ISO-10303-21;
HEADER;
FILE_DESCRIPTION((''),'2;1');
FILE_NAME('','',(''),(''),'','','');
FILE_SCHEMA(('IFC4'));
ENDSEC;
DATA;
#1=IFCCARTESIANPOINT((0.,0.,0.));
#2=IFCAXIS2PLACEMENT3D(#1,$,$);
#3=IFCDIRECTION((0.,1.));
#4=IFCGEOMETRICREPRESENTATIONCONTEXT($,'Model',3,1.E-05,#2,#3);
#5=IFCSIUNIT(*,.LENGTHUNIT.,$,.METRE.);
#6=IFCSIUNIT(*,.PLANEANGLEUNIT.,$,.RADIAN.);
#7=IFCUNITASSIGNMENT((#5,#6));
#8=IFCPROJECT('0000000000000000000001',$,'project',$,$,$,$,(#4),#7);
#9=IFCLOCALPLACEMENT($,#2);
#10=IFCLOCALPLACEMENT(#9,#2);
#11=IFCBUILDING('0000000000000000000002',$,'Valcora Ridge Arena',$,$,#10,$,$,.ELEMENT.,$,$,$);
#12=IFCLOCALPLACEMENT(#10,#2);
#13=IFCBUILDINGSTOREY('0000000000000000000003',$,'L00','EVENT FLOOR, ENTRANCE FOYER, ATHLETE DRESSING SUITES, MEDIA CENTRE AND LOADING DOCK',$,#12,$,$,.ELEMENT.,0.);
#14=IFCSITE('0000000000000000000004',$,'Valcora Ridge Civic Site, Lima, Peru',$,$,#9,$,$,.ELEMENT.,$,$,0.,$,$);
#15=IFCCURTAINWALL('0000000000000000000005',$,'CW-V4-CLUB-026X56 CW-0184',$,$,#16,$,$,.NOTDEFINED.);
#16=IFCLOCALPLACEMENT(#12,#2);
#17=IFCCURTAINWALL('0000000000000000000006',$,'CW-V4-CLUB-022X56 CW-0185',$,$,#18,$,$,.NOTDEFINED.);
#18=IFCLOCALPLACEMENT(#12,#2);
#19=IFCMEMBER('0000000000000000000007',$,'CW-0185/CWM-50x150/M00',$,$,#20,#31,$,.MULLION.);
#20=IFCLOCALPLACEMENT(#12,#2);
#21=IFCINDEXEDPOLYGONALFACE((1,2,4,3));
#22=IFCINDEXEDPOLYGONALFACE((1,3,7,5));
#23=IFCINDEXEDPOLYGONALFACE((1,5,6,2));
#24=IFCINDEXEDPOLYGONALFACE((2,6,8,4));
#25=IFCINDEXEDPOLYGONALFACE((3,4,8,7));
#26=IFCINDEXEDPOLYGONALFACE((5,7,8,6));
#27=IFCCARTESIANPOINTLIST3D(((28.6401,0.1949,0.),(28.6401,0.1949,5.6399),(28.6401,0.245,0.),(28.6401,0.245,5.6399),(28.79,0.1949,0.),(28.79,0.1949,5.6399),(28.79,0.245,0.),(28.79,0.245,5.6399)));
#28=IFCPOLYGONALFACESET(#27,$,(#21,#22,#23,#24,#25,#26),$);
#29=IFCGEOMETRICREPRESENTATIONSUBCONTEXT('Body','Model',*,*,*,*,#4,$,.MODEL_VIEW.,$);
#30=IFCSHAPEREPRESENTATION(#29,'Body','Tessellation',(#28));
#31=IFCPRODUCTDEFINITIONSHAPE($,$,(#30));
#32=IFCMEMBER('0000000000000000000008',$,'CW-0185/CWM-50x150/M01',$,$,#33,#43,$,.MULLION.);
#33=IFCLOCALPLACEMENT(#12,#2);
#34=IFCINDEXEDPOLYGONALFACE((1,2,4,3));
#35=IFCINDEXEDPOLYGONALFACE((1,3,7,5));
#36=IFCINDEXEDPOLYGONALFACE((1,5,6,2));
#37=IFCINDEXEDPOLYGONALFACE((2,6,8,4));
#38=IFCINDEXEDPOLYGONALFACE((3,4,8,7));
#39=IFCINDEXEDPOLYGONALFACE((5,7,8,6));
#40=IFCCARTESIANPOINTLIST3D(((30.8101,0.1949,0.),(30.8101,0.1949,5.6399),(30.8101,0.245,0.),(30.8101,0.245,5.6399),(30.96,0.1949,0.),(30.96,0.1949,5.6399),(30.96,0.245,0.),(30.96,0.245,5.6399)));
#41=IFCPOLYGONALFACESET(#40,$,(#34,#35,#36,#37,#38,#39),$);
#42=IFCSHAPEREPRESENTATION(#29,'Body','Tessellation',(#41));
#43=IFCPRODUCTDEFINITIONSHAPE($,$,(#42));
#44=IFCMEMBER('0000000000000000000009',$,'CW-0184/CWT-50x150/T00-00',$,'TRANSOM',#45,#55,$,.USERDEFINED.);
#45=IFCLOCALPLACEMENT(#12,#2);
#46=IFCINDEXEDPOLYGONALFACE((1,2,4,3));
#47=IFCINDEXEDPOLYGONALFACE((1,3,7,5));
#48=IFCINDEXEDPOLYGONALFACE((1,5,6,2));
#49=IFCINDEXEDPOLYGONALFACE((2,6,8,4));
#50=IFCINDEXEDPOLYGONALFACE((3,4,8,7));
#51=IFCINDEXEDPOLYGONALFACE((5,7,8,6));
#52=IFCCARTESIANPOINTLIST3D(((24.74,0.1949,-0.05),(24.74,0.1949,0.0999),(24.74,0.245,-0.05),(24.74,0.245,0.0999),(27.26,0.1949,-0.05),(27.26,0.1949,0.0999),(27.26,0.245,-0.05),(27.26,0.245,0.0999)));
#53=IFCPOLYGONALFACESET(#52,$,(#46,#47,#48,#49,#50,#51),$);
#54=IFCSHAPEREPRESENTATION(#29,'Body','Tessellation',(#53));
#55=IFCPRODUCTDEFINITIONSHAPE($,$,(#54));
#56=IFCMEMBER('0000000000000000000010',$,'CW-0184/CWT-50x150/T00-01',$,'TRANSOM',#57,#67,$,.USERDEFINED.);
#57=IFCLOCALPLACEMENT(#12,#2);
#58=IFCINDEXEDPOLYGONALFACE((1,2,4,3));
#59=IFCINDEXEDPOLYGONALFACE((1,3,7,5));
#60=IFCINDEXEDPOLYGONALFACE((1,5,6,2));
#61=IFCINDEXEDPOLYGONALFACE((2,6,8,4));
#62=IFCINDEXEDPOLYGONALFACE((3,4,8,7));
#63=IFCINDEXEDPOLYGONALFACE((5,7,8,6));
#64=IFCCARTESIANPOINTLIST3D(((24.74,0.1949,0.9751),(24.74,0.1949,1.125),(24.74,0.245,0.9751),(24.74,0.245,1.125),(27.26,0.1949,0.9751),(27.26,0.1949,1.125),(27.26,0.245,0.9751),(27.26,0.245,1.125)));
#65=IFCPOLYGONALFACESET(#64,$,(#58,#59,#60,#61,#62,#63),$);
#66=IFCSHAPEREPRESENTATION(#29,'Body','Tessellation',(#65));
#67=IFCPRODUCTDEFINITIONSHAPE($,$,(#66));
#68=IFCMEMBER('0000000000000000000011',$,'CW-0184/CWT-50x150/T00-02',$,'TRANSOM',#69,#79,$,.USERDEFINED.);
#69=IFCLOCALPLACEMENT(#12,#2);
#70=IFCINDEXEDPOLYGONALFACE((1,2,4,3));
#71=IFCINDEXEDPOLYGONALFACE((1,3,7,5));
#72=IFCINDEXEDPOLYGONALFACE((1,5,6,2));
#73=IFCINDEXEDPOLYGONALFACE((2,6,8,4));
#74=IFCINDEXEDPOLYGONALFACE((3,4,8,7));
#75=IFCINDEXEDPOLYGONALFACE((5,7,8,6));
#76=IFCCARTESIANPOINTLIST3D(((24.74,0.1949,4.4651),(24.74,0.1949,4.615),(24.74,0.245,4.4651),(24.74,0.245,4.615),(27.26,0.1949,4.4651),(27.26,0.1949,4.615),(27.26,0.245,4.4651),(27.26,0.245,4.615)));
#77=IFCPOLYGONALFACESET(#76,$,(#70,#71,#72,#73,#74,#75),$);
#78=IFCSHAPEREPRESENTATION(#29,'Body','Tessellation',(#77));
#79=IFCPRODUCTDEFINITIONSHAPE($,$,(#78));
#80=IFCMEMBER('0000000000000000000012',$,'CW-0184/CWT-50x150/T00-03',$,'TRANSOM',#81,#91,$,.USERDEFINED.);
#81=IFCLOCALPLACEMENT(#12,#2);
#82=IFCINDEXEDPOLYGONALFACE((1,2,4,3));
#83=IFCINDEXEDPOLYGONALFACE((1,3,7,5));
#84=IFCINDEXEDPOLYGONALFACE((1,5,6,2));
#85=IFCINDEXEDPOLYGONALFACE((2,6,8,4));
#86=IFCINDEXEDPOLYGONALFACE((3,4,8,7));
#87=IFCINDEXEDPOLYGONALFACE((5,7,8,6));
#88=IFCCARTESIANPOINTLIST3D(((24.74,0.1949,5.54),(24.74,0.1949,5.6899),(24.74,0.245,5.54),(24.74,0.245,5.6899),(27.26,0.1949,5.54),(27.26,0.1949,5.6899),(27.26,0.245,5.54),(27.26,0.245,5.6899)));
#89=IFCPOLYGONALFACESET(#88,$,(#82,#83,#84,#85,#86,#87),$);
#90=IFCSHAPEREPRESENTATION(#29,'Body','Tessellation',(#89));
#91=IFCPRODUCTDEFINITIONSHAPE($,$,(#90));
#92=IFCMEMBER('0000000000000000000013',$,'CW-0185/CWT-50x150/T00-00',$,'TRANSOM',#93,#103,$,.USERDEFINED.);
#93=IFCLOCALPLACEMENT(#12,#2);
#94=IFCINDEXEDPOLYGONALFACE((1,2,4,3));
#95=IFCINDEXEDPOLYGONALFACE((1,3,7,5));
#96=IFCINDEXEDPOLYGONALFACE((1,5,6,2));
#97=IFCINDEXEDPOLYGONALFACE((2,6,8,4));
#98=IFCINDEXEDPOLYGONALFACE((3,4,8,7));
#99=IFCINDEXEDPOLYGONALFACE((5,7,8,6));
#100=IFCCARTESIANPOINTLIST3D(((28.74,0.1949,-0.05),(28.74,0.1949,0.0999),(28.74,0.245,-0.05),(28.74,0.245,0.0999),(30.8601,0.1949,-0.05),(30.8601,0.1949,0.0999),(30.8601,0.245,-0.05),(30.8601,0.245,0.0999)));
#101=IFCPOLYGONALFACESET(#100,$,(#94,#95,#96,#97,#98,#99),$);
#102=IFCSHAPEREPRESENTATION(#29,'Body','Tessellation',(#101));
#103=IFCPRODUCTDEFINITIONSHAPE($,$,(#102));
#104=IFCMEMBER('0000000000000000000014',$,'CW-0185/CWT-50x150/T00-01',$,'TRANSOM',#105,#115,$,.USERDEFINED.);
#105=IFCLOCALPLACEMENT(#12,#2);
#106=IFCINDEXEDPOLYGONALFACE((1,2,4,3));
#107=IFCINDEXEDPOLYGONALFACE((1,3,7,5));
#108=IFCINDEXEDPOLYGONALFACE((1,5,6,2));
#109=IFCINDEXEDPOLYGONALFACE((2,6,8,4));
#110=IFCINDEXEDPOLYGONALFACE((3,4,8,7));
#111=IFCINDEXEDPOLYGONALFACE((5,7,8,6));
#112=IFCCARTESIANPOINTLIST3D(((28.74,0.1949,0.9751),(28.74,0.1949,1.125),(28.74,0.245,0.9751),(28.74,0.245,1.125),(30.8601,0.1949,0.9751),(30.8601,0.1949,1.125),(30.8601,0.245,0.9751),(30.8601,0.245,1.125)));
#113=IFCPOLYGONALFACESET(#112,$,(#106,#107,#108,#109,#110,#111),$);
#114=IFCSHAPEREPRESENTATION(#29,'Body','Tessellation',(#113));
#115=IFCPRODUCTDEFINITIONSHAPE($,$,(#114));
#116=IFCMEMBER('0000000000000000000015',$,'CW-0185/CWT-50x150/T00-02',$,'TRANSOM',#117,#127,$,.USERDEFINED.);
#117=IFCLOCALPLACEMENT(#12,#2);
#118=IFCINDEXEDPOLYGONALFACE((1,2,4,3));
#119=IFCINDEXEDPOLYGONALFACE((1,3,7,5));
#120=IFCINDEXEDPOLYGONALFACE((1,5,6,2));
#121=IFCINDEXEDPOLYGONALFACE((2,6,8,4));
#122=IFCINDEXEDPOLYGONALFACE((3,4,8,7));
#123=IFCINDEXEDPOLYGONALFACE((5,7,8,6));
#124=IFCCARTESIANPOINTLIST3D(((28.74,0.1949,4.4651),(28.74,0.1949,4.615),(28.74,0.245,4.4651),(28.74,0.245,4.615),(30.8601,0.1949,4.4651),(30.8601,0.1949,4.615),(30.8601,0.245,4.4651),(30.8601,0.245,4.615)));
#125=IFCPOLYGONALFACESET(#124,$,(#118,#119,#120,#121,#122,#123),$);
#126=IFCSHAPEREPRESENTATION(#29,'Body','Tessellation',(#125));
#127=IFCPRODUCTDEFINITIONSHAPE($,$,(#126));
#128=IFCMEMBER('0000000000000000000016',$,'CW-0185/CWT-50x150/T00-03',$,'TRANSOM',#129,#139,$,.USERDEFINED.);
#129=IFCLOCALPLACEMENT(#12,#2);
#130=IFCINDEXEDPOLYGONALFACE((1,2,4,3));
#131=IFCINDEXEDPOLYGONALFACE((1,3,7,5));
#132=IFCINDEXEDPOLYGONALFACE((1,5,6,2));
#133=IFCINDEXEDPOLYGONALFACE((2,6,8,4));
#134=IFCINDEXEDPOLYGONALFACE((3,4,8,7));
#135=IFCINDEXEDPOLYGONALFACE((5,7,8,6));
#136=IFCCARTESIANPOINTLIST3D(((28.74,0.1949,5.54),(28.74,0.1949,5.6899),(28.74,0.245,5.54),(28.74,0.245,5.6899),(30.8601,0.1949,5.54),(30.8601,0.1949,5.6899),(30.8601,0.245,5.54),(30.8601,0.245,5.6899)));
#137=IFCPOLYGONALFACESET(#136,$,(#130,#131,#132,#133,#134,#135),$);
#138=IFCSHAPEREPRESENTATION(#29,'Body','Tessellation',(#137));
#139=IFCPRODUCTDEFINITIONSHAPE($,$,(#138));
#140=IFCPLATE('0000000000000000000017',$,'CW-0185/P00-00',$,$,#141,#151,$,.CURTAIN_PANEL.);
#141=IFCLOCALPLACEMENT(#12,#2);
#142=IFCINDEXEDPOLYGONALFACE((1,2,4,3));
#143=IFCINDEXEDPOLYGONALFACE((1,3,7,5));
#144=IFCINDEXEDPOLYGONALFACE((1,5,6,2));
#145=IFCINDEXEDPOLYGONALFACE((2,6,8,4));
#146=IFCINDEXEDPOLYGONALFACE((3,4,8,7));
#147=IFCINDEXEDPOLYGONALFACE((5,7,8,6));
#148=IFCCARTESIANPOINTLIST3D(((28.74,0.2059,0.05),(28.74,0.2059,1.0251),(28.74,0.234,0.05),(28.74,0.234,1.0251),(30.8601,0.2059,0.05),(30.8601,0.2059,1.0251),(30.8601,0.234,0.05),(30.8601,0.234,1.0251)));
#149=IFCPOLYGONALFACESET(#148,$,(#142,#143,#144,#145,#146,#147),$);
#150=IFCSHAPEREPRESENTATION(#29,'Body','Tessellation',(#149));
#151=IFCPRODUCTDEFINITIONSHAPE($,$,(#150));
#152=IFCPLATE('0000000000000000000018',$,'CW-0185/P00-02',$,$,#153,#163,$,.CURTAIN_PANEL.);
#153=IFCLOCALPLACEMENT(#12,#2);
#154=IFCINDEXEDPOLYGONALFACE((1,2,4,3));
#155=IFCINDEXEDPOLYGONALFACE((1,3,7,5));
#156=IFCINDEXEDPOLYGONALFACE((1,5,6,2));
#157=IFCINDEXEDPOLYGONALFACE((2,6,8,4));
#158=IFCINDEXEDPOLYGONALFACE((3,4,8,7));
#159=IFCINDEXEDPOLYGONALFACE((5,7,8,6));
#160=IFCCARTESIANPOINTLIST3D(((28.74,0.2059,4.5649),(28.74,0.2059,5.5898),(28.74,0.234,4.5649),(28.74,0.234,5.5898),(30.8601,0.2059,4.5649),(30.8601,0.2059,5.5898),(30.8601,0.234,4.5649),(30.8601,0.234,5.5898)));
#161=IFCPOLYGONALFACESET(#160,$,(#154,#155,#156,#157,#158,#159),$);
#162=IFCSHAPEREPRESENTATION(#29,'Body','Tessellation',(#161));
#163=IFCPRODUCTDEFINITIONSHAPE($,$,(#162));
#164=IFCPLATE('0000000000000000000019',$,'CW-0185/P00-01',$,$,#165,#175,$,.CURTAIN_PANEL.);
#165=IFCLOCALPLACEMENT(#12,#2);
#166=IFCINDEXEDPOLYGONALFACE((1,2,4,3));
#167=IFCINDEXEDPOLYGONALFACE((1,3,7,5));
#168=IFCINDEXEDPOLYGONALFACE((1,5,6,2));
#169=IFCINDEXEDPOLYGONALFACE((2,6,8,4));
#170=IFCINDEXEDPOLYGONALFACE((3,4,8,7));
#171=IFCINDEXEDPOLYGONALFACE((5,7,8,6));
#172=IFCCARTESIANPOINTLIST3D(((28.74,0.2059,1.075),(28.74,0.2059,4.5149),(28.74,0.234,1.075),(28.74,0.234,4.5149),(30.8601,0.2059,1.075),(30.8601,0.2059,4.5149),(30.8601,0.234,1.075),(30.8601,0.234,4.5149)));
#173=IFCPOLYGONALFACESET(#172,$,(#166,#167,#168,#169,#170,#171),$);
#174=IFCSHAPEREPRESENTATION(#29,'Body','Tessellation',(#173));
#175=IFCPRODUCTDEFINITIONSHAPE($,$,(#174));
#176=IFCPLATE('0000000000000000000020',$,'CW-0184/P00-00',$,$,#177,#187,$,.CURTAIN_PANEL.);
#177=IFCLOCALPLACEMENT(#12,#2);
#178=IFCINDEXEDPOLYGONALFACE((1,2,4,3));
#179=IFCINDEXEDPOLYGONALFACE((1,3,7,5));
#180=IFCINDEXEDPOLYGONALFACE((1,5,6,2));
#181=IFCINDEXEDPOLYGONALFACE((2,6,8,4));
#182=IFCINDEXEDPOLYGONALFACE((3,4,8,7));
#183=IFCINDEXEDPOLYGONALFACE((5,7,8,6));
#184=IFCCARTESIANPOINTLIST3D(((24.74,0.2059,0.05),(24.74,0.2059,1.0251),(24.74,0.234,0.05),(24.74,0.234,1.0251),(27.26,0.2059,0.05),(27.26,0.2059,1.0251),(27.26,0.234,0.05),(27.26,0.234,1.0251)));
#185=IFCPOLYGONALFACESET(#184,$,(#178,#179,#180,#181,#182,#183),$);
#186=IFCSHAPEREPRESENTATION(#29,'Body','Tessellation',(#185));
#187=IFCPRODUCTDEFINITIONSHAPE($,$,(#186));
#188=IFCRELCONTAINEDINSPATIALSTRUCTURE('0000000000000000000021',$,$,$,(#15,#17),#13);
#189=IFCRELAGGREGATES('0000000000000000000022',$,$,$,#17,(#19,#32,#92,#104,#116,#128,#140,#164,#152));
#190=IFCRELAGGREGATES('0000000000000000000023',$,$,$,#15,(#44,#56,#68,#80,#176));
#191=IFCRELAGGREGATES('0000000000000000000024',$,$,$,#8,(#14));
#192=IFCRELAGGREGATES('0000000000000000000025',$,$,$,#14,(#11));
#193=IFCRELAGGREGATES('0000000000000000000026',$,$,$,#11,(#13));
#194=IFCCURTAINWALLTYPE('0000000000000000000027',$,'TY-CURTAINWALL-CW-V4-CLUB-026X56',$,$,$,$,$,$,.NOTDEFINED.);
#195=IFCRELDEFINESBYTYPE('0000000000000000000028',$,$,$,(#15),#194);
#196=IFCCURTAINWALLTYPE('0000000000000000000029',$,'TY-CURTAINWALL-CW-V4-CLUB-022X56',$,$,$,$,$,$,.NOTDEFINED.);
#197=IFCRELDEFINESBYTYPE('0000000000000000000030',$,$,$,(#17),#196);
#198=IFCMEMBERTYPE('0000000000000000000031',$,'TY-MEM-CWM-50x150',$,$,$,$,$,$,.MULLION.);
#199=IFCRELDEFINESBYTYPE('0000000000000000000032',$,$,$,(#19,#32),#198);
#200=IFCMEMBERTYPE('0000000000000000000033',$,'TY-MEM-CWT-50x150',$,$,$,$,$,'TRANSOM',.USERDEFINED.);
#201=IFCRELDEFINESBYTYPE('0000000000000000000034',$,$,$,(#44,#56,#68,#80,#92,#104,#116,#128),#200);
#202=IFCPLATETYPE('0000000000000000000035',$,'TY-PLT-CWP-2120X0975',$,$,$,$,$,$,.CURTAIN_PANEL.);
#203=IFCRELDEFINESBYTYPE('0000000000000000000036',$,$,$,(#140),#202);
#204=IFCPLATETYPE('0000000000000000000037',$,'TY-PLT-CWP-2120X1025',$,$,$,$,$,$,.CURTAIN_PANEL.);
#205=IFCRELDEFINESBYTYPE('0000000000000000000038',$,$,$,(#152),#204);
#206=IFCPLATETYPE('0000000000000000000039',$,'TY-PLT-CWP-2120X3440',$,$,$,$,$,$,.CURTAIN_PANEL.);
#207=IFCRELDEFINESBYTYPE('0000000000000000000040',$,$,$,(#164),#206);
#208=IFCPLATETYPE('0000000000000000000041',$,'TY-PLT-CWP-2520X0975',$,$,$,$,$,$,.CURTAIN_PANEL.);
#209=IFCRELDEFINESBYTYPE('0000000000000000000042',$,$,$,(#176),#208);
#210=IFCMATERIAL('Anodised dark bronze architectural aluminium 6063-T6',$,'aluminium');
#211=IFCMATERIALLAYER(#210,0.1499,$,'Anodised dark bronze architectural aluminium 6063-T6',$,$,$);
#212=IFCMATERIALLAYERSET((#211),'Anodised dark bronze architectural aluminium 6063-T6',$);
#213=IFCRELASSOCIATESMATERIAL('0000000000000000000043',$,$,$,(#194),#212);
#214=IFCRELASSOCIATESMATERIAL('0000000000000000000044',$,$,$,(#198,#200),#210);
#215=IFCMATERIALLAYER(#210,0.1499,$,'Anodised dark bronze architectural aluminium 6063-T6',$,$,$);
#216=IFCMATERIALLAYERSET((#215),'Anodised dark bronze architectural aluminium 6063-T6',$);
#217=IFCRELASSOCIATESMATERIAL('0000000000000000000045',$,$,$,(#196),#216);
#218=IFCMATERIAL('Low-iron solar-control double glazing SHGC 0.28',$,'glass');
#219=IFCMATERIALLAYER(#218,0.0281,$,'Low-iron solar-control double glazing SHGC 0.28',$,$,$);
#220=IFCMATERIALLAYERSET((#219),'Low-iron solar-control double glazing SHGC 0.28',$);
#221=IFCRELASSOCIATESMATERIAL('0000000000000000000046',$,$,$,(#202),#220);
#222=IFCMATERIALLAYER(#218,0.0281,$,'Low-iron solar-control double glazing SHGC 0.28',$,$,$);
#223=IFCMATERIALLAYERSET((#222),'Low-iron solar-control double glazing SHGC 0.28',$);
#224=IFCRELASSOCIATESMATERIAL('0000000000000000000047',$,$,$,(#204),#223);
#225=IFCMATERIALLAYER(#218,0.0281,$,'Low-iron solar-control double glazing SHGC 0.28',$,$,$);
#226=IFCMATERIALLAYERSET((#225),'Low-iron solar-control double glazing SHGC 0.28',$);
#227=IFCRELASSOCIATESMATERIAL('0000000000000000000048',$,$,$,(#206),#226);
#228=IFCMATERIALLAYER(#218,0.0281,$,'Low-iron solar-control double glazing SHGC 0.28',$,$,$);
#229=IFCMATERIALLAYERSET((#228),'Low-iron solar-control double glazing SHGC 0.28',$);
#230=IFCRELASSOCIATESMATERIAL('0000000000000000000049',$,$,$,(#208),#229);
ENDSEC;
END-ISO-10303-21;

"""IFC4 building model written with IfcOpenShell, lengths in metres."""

from ifc_helpers import new_model, si_unit, direction, frame, origin, origin_2d, place, context, subcontext, project, spatial, rectangle, extrude, material, layer, layer_set, material_profile, profile_set, type_object, element, aggregate, save


model = new_model("IFC4")

# Units and contexts
model_context = context("Model", 3, precision=1e-05, world=origin(), true_north=direction((0.0, 1.0)))
body_context = subcontext(model_context, "Body", "Model", "MODEL_VIEW")
ifc_project = project(units=[si_unit("LENGTHUNIT", "METRE"), si_unit("PLANEANGLEUNIT", "RADIAN")], contexts=[model_context])

# Site, building, storey
site_placement = place(None, origin())
site = spatial("IfcSite", under=ifc_project, at=site_placement, Name="Valcora Ridge Civic Site, Lima, Peru", CompositionType="ELEMENT", RefElevation=0.0)
building_placement = place(site_placement, origin())
building = spatial("IfcBuilding", under=site, at=building_placement, Name="Valcora Ridge Arena", CompositionType="ELEMENT")
storey_placement = place(building_placement, origin())
storey = spatial("IfcBuildingStorey", under=building, at=storey_placement, Name="L00", Description="EVENT FLOOR, ENTRANCE FOYER, ATHLETE DRESSING SUITES, MEDIA CENTRE AND LOADING DOCK", CompositionType="ELEMENT", Elevation=0.0)

# Curtain walls, members
ifc_material_1 = material(Name="Anodised dark bronze architectural aluminium 6063-T6", Category="aluminium")
ifc_layer_1 = layer(ifc_material_1, 0.1499, Name="Anodised dark bronze architectural aluminium 6063-T6")
ifc_layer_set_1 = layer_set([ifc_layer_1], Name="Anodised dark bronze architectural aluminium 6063-T6")
curtain_wall_type_1 = type_object("IfcCurtainWallType", Name="TY-CURTAINWALL-CW-V4-CLUB-026X56", PredefinedType="NOTDEFINED", material=ifc_layer_set_1)
curtain_wall_1_placement = place(storey_placement, origin())
curtain_wall_1 = element("IfcCurtainWall", 1, at=curtain_wall_1_placement, inside=storey, type_object=curtain_wall_type_1, Name="CW-V4-CLUB-026X56 CW-0184", PredefinedType="NOTDEFINED")
ifc_material_profile_1 = material_profile(ifc_material_1, rectangle(XDim=0.05, YDim=0.1499, at=origin_2d()), Name="ALU MULLION 50x150")
ifc_profile_set_1 = profile_set([ifc_material_profile_1], Name="Anodised dark bronze architectural aluminium 6063-T6")
member_type_1 = type_object("IfcMemberType", Name="TY-MEM-CWM-50x150", PredefinedType="MULLION", material=ifc_profile_set_1)
ifc_layer_2 = layer(ifc_material_1, 0.1499, Name="Anodised dark bronze architectural aluminium 6063-T6")
ifc_layer_set_2 = layer_set([ifc_layer_2], Name="Anodised dark bronze architectural aluminium 6063-T6")
curtain_wall_type_2 = type_object("IfcCurtainWallType", Name="TY-CURTAINWALL-CW-V4-CLUB-022X56", PredefinedType="NOTDEFINED", material=ifc_layer_set_2)
curtain_wall_2_placement = place(storey_placement, origin())
curtain_wall_2 = element("IfcCurtainWall", 2, at=curtain_wall_2_placement, inside=storey, type_object=curtain_wall_type_2, Name="CW-V4-CLUB-022X56 CW-0185", PredefinedType="NOTDEFINED")
member_1_placement = place(storey_placement, frame((28.7151, 0.22, 0.0), z_axis=(0.0, 0.0, 1.0), x_axis=(0.0, 1.0, 0.0)))
member_1 = element("IfcMember", 3, at=member_1_placement, type_object=member_type_1, Name="CW-0185/CWM-50x150/M00", PredefinedType="MULLION", context=body_context, shape_type="SweptSolid", body=[
    extrude(rectangle(XDim=0.05, YDim=0.1499, at=origin_2d()), origin(), (0.0, 0.0, 1.0), 5.6399),
])
member_2_placement = place(storey_placement, frame((30.885, 0.22, 0.0), z_axis=(0.0, 0.0, 1.0), x_axis=(0.0, 1.0, 0.0)))
member_2 = element("IfcMember", 4, at=member_2_placement, type_object=member_type_1, Name="CW-0185/CWM-50x150/M01", PredefinedType="MULLION", context=body_context, shape_type="SweptSolid", body=[
    extrude(rectangle(XDim=0.05, YDim=0.1499, at=origin_2d()), origin(), (0.0, 0.0, 1.0), 5.6399),
])

# Members
ifc_material_profile_2 = material_profile(ifc_material_1, rectangle(XDim=0.05, YDim=0.1499, at=origin_2d()), Name="ALU TRANSOM 50x150")
ifc_profile_set_2 = profile_set([ifc_material_profile_2], Name="Anodised dark bronze architectural aluminium 6063-T6")
member_type_2 = type_object("IfcMemberType", Name="TY-MEM-CWT-50x150", ElementType="TRANSOM", PredefinedType="USERDEFINED", material=ifc_profile_set_2)
member_3_placement = place(storey_placement, frame((24.74, 0.22, 0.0249), z_axis=(1.0, 0.0, 0.0), x_axis=(0.0, 1.0, 0.0)))
member_3 = element("IfcMember", 5, at=member_3_placement, type_object=member_type_2, Name="CW-0184/CWT-50x150/T00-00", ObjectType="TRANSOM", PredefinedType="USERDEFINED", context=body_context, shape_type="SweptSolid", body=[
    extrude(rectangle(XDim=0.05, YDim=0.1499, at=origin_2d()), origin(), (0.0, 0.0, 1.0), 2.52),
])
member_4_placement = place(storey_placement, frame((24.74, 0.22, 1.05), z_axis=(1.0, 0.0, 0.0), x_axis=(0.0, 1.0, 0.0)))
member_4 = element("IfcMember", 6, at=member_4_placement, type_object=member_type_2, Name="CW-0184/CWT-50x150/T00-01", ObjectType="TRANSOM", PredefinedType="USERDEFINED", context=body_context, shape_type="SweptSolid", body=[
    extrude(rectangle(XDim=0.05, YDim=0.1499, at=origin_2d()), origin(), (0.0, 0.0, 1.0), 2.52),
])
member_5_placement = place(storey_placement, frame((24.74, 0.22, 4.54), z_axis=(1.0, 0.0, 0.0), x_axis=(0.0, 1.0, 0.0)))
member_5 = element("IfcMember", 7, at=member_5_placement, type_object=member_type_2, Name="CW-0184/CWT-50x150/T00-02", ObjectType="TRANSOM", PredefinedType="USERDEFINED", context=body_context, shape_type="SweptSolid", body=[
    extrude(rectangle(XDim=0.05, YDim=0.1499, at=origin_2d()), origin(), (0.0, 0.0, 1.0), 2.52),
])
member_6_placement = place(storey_placement, frame((24.74, 0.22, 5.615), z_axis=(1.0, 0.0, 0.0), x_axis=(0.0, 1.0, 0.0)))
member_6 = element("IfcMember", 8, at=member_6_placement, type_object=member_type_2, Name="CW-0184/CWT-50x150/T00-03", ObjectType="TRANSOM", PredefinedType="USERDEFINED", context=body_context, shape_type="SweptSolid", body=[
    extrude(rectangle(XDim=0.05, YDim=0.1499, at=origin_2d()), origin(), (0.0, 0.0, 1.0), 2.52),
])
member_7_placement = place(storey_placement, frame((28.74, 0.22, 0.0249), z_axis=(1.0, 0.0, 0.0), x_axis=(0.0, 1.0, 0.0)))
member_7 = element("IfcMember", 9, at=member_7_placement, type_object=member_type_2, Name="CW-0185/CWT-50x150/T00-00", ObjectType="TRANSOM", PredefinedType="USERDEFINED", context=body_context, shape_type="SweptSolid", body=[
    extrude(rectangle(XDim=0.05, YDim=0.1499, at=origin_2d()), origin(), (0.0, 0.0, 1.0), 2.1201),
])
member_8_placement = place(storey_placement, frame((28.74, 0.22, 1.05), z_axis=(1.0, 0.0, 0.0), x_axis=(0.0, 1.0, 0.0)))
member_8 = element("IfcMember", 10, at=member_8_placement, type_object=member_type_2, Name="CW-0185/CWT-50x150/T00-01", ObjectType="TRANSOM", PredefinedType="USERDEFINED", context=body_context, shape_type="SweptSolid", body=[
    extrude(rectangle(XDim=0.05, YDim=0.1499, at=origin_2d()), origin(), (0.0, 0.0, 1.0), 2.1201),
])
member_9_placement = place(storey_placement, frame((28.74, 0.22, 4.54), z_axis=(1.0, 0.0, 0.0), x_axis=(0.0, 1.0, 0.0)))
member_9 = element("IfcMember", 11, at=member_9_placement, type_object=member_type_2, Name="CW-0185/CWT-50x150/T00-02", ObjectType="TRANSOM", PredefinedType="USERDEFINED", context=body_context, shape_type="SweptSolid", body=[
    extrude(rectangle(XDim=0.05, YDim=0.1499, at=origin_2d()), origin(), (0.0, 0.0, 1.0), 2.1201),
])
member_10_placement = place(storey_placement, frame((28.74, 0.22, 5.615), z_axis=(1.0, 0.0, 0.0), x_axis=(0.0, 1.0, 0.0)))
member_10 = element("IfcMember", 12, at=member_10_placement, type_object=member_type_2, Name="CW-0185/CWT-50x150/T00-03", ObjectType="TRANSOM", PredefinedType="USERDEFINED", context=body_context, shape_type="SweptSolid", body=[
    extrude(rectangle(XDim=0.05, YDim=0.1499, at=origin_2d()), origin(), (0.0, 0.0, 1.0), 2.1201),
])

# Plates
ifc_material_2 = material(Name="Low-iron solar-control double glazing SHGC 0.28", Category="glass")
ifc_layer_3 = layer(ifc_material_2, 0.0281, Name="Low-iron solar-control double glazing SHGC 0.28")
ifc_layer_set_3 = layer_set([ifc_layer_3], Name="Low-iron solar-control double glazing SHGC 0.28")
plate_type_1 = type_object("IfcPlateType", Name="TY-PLT-CWP-2120X0975", PredefinedType="CURTAIN_PANEL", material=ifc_layer_set_3)
plate_1_placement = place(storey_placement, frame((29.8, 0.22, 0.05), z_axis=(0.0, 0.0, 1.0), x_axis=(1.0, 0.0, 0.0)))
plate_1 = element("IfcPlate", 13, at=plate_1_placement, type_object=plate_type_1, Name="CW-0185/P00-00", PredefinedType="CURTAIN_PANEL", context=body_context, shape_type="SweptSolid", body=[
    extrude(rectangle(XDim=2.1201, YDim=0.0281, at=origin_2d()), origin(), (0.0, 0.0, 1.0), 0.9751),
])
ifc_layer_4 = layer(ifc_material_2, 0.0281, Name="Low-iron solar-control double glazing SHGC 0.28")
ifc_layer_set_4 = layer_set([ifc_layer_4], Name="Low-iron solar-control double glazing SHGC 0.28")
plate_type_2 = type_object("IfcPlateType", Name="TY-PLT-CWP-2120X1025", PredefinedType="CURTAIN_PANEL", material=ifc_layer_set_4)
plate_2_placement = place(storey_placement, frame((29.8, 0.22, 4.5649), z_axis=(0.0, 0.0, 1.0), x_axis=(1.0, 0.0, 0.0)))
plate_2 = element("IfcPlate", 14, at=plate_2_placement, type_object=plate_type_2, Name="CW-0185/P00-02", PredefinedType="CURTAIN_PANEL", context=body_context, shape_type="SweptSolid", body=[
    extrude(rectangle(XDim=2.1201, YDim=0.0281, at=origin_2d()), origin(), (0.0, 0.0, 1.0), 1.0249),
])
ifc_layer_5 = layer(ifc_material_2, 0.0281, Name="Low-iron solar-control double glazing SHGC 0.28")
ifc_layer_set_5 = layer_set([ifc_layer_5], Name="Low-iron solar-control double glazing SHGC 0.28")
plate_type_3 = type_object("IfcPlateType", Name="TY-PLT-CWP-2120X3440", PredefinedType="CURTAIN_PANEL", material=ifc_layer_set_5)
plate_3_placement = place(storey_placement, frame((29.8, 0.22, 1.075), z_axis=(0.0, 0.0, 1.0), x_axis=(1.0, 0.0, 0.0)))
plate_3 = element("IfcPlate", 15, at=plate_3_placement, type_object=plate_type_3, Name="CW-0185/P00-01", PredefinedType="CURTAIN_PANEL", context=body_context, shape_type="SweptSolid", body=[
    extrude(rectangle(XDim=2.1201, YDim=0.0281, at=origin_2d()), origin(), (0.0, 0.0, 1.0), 3.4399),
])
aggregate(curtain_wall_2, [member_1, member_2, member_7, member_8, member_9, member_10, plate_1, plate_3, plate_2])
ifc_layer_6 = layer(ifc_material_2, 0.0281, Name="Low-iron solar-control double glazing SHGC 0.28")
ifc_layer_set_6 = layer_set([ifc_layer_6], Name="Low-iron solar-control double glazing SHGC 0.28")
plate_type_4 = type_object("IfcPlateType", Name="TY-PLT-CWP-2520X0975", PredefinedType="CURTAIN_PANEL", material=ifc_layer_set_6)
plate_4_placement = place(storey_placement, frame((26.0, 0.22, 0.05), z_axis=(0.0, 0.0, 1.0), x_axis=(1.0, 0.0, 0.0)))
plate_4 = element("IfcPlate", 16, at=plate_4_placement, type_object=plate_type_4, Name="CW-0184/P00-00", PredefinedType="CURTAIN_PANEL", context=body_context, shape_type="SweptSolid", body=[
    extrude(rectangle(XDim=2.52, YDim=0.0281, at=origin_2d()), origin(), (0.0, 0.0, 1.0), 0.9751),
])
aggregate(curtain_wall_1, [member_3, member_4, member_5, member_6, plate_4])

save(model, "model.ifc")
